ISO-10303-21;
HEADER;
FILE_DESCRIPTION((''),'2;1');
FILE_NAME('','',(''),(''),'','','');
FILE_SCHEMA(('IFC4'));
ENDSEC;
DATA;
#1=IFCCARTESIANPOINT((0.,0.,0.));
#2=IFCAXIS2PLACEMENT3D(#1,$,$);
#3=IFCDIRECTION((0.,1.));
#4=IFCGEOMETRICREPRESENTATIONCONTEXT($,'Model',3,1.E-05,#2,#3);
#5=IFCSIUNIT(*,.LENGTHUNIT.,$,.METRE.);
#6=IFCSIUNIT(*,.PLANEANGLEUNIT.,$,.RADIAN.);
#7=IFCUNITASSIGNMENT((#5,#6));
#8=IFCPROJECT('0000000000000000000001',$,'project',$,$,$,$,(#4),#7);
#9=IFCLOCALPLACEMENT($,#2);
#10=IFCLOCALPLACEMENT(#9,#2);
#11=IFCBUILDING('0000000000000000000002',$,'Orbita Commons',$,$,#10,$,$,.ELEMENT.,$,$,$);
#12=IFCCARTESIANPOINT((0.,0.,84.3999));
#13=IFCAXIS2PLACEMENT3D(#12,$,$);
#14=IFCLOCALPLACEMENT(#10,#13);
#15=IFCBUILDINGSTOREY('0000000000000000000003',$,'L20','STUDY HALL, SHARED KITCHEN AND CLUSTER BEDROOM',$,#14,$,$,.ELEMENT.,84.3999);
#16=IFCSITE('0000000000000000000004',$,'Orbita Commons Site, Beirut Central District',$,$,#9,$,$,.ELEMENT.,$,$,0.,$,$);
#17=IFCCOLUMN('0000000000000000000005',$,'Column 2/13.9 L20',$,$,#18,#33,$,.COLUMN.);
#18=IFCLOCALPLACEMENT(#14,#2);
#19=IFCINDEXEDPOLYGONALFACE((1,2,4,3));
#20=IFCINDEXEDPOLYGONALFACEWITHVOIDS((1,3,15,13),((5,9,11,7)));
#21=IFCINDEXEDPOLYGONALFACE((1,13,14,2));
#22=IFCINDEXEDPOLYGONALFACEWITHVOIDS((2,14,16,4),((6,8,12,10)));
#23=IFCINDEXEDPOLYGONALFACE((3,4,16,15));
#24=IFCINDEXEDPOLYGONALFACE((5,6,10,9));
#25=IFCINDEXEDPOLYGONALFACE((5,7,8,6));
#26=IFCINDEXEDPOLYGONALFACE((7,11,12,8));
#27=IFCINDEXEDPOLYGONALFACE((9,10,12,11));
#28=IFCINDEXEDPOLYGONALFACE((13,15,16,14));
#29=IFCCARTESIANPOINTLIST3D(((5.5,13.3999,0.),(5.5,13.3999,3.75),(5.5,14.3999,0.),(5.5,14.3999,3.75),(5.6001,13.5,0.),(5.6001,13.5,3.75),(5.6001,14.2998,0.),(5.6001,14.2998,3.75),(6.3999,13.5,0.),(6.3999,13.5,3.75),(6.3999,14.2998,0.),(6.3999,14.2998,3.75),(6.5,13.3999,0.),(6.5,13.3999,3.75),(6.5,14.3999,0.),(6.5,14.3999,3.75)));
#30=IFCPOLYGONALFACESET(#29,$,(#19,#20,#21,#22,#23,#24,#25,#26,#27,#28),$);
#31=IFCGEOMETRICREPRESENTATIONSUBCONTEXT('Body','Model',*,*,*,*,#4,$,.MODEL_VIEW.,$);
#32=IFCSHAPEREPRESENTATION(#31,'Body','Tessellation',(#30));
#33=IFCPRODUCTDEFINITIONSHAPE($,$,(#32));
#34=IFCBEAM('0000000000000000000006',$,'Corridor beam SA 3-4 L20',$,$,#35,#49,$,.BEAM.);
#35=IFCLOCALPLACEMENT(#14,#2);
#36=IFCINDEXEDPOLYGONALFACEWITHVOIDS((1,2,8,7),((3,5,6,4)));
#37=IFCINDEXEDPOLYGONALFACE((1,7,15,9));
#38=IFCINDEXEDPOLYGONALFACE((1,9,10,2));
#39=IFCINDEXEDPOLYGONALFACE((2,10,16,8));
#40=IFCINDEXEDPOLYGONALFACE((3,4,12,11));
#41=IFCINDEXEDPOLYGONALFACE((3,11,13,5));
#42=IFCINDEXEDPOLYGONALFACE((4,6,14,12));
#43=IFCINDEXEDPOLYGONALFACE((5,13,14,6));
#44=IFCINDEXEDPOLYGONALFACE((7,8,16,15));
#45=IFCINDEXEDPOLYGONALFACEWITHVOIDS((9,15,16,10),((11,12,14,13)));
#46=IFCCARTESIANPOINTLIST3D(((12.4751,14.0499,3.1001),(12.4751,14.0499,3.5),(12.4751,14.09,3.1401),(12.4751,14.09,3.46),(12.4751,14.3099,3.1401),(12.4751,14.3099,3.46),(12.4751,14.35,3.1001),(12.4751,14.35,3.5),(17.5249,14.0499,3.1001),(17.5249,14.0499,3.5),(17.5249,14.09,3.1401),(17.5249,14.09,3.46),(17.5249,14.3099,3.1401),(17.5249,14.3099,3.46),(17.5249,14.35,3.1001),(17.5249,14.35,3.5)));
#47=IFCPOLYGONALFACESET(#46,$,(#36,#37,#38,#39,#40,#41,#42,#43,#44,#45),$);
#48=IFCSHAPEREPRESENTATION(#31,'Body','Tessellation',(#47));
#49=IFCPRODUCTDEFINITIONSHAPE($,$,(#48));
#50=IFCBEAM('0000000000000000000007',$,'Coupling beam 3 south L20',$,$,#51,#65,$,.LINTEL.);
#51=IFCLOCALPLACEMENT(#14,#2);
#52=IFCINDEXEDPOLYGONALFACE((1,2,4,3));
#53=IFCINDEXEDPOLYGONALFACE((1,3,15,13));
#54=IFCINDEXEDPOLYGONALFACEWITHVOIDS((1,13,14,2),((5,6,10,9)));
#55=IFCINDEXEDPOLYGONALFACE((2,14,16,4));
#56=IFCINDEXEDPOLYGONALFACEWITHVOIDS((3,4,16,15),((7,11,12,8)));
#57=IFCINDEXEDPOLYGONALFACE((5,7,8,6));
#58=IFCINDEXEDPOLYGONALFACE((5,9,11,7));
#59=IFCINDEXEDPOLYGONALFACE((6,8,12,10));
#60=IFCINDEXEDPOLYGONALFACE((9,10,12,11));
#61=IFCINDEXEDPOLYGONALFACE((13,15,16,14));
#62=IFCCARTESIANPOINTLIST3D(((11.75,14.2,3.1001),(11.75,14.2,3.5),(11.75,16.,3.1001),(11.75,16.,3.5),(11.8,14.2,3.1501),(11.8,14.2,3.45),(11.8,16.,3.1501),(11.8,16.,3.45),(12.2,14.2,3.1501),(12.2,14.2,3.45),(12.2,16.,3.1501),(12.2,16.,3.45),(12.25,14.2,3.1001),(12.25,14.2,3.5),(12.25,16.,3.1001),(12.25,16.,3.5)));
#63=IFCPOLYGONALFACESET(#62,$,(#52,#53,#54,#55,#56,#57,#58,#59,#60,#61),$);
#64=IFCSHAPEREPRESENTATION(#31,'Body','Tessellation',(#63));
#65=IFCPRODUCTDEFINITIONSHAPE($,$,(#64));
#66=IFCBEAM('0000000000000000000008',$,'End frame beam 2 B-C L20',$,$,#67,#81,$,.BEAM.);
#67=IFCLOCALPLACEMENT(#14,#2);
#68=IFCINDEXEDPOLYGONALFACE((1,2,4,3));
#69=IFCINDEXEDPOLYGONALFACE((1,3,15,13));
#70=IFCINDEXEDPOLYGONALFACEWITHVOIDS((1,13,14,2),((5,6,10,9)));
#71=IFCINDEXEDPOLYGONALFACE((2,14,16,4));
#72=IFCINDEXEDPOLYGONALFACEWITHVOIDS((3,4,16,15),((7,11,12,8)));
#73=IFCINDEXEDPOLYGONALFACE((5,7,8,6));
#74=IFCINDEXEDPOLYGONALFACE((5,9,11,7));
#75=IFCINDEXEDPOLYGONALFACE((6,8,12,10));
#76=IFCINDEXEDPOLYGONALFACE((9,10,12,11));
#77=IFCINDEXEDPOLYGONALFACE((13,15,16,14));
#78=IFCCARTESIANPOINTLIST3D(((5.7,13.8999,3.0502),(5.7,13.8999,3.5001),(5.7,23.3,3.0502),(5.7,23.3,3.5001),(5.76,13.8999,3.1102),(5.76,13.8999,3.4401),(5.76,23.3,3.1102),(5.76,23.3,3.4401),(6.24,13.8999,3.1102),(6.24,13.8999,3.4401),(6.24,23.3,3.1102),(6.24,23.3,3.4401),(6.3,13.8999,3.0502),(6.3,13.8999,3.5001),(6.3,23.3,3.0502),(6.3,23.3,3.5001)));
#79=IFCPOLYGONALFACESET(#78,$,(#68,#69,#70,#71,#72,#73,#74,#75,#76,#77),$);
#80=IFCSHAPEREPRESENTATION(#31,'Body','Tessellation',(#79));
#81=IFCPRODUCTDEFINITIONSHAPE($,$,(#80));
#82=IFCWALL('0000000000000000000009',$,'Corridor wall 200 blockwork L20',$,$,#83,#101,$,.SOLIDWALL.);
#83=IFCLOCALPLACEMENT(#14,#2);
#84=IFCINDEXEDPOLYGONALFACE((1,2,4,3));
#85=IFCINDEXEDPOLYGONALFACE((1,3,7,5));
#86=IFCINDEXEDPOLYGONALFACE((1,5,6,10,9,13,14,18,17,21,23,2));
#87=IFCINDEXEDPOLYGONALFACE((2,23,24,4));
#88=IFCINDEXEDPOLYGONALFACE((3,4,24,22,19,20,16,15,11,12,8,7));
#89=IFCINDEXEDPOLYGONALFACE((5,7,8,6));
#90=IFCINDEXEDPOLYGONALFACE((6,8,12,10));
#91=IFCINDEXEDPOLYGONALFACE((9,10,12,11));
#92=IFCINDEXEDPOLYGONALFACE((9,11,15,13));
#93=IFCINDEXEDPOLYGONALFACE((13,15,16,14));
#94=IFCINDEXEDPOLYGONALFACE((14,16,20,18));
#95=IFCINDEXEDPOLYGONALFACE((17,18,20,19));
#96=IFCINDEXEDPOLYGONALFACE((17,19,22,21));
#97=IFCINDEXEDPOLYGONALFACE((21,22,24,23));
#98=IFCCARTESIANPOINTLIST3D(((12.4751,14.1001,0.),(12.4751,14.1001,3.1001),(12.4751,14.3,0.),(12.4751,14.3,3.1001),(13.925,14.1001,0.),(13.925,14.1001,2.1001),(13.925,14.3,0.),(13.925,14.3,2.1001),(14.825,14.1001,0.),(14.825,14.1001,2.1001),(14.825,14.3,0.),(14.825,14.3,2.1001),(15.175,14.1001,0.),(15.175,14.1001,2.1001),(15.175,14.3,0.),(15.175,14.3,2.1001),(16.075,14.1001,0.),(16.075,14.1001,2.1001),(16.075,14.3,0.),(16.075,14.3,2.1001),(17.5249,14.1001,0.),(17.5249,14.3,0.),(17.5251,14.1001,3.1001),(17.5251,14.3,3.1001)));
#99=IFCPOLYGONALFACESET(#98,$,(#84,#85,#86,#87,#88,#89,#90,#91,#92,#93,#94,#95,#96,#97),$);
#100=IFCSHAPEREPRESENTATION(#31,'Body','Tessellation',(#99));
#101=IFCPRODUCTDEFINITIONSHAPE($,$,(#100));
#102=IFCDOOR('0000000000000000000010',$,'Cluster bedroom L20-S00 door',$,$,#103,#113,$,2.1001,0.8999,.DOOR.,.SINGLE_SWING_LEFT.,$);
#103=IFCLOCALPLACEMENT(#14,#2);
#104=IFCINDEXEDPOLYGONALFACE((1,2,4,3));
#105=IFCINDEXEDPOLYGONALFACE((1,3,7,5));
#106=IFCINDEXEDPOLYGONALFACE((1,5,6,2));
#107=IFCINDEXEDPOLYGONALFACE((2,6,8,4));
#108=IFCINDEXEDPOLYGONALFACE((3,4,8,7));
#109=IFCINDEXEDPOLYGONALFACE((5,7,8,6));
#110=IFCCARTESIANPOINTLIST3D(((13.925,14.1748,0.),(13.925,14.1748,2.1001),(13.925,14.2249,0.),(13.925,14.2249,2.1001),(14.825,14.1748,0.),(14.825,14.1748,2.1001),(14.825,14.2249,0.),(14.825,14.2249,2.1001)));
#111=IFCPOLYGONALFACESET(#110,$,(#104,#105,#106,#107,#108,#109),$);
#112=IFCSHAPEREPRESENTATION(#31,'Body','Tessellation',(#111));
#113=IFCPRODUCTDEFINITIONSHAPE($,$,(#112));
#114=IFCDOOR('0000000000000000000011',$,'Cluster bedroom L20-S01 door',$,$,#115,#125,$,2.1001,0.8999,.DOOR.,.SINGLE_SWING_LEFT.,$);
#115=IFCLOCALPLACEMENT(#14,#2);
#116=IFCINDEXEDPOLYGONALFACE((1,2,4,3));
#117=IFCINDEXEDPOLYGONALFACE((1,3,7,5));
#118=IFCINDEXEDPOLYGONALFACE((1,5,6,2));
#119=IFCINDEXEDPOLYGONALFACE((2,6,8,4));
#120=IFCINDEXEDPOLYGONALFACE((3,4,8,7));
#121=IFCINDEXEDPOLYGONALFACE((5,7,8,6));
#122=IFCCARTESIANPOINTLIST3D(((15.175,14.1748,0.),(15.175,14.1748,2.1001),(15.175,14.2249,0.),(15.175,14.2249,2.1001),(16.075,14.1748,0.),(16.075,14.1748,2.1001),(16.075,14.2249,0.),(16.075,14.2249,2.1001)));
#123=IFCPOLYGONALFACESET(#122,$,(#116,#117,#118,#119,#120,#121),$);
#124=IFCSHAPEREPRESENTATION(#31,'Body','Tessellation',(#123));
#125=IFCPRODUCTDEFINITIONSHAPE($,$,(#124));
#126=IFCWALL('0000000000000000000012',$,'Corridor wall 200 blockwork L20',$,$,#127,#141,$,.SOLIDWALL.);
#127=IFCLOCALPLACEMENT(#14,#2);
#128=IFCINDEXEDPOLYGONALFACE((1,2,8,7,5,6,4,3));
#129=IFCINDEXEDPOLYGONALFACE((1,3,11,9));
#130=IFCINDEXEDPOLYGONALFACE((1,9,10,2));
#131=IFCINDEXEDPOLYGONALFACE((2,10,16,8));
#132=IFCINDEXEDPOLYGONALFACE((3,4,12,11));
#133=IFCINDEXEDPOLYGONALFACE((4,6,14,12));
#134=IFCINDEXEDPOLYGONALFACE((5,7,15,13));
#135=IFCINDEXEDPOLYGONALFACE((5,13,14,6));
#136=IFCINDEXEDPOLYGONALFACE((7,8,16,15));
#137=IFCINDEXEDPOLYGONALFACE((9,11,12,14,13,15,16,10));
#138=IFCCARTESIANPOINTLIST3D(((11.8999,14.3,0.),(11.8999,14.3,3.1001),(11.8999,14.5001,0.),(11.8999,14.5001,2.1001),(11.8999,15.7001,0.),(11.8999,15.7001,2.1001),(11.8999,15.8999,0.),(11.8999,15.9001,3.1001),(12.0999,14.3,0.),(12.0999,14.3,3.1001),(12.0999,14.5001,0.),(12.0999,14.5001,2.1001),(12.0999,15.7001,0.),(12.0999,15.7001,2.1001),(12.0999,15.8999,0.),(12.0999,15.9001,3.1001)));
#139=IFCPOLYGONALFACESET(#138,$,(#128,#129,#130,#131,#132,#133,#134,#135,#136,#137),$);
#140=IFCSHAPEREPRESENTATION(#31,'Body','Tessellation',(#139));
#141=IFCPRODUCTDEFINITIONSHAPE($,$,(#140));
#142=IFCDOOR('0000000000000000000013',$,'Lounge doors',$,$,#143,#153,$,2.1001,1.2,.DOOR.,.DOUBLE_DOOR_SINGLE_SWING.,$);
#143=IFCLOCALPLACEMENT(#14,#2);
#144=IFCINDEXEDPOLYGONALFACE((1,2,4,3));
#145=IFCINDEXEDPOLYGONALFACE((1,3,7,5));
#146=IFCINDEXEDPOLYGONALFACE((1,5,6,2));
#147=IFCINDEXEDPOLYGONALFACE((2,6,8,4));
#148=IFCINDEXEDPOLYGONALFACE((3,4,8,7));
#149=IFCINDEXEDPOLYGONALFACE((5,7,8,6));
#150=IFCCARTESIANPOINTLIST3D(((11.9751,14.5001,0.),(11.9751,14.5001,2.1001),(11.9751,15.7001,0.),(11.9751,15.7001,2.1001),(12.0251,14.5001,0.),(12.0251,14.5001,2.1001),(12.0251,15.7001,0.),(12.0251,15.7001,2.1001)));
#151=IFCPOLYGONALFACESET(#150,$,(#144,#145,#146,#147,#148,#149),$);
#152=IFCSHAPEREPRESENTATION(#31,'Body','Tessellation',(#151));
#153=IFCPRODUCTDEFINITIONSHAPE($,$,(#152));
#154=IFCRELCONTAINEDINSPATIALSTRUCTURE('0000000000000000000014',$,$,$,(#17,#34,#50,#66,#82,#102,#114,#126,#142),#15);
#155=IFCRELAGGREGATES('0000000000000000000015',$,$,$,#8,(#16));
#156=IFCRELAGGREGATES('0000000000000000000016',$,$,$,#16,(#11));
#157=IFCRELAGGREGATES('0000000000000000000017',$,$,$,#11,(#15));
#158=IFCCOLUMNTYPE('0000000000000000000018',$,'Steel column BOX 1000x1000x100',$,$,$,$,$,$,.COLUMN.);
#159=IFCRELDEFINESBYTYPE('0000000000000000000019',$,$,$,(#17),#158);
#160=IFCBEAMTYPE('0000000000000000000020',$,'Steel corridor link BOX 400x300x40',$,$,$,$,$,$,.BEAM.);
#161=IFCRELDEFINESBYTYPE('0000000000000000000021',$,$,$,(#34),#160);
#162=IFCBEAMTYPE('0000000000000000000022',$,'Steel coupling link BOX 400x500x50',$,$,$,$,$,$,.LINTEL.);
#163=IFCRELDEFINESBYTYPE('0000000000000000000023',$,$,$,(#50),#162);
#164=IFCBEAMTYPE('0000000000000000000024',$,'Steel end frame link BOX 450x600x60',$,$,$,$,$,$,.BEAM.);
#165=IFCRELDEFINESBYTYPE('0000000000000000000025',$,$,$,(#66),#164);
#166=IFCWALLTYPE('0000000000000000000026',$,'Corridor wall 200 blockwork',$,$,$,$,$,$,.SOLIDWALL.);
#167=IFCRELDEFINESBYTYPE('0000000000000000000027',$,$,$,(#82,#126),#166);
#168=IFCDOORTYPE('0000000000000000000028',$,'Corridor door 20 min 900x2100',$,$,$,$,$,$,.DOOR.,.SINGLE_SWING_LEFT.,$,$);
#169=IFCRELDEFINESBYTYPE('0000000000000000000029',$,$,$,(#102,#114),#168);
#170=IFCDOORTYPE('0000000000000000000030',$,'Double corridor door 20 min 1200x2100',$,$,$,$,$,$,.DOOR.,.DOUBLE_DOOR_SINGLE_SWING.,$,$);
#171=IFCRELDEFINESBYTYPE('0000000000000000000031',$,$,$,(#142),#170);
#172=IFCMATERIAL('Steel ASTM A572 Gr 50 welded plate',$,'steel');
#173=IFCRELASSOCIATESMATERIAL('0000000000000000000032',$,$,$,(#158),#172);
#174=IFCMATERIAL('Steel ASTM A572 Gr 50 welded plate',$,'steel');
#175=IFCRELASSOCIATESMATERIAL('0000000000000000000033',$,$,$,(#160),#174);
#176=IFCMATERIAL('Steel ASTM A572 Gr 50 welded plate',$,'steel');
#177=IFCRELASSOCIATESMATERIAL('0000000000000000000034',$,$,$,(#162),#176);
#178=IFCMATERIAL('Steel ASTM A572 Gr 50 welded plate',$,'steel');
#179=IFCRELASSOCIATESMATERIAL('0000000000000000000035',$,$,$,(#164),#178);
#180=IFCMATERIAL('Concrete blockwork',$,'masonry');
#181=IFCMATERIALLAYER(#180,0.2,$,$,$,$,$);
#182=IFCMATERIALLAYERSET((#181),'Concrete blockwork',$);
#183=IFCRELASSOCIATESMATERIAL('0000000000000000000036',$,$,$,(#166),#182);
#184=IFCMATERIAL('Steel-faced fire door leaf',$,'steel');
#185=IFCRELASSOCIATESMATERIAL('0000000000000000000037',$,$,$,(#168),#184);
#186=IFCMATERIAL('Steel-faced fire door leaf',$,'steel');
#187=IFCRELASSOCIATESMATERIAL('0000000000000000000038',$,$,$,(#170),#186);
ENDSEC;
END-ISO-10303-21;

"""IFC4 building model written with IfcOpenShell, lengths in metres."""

from ifc_helpers import new_model, si_unit, direction, frame, frame_2d, origin, origin_2d, place, context, subcontext, project, spatial, polyline, rectangle, hollow_rectangle, outline, extrude, material, layer, layer_set, material_profile, profile_set, type_object, element, fill, save


model = new_model("IFC4")

# Units and contexts
model_context = context("Model", 3, precision=1e-05, world=origin(), true_north=direction((0.0, 1.0)))
body_context = subcontext(model_context, "Body", "Model", "MODEL_VIEW")
ifc_project = project(units=[si_unit("LENGTHUNIT", "METRE"), si_unit("PLANEANGLEUNIT", "RADIAN")], contexts=[model_context])

# Site, building, storey
site_placement = place(None, origin())
site = spatial("IfcSite", under=ifc_project, at=site_placement, Name="Orbita Commons Site, Beirut Central District", CompositionType="ELEMENT", RefElevation=0.0)
building_placement = place(site_placement, origin())
building = spatial("IfcBuilding", under=site, at=building_placement, Name="Orbita Commons", CompositionType="ELEMENT")
storey_placement = place(building_placement, frame((0.0, 0.0, 84.3999)))
storey = spatial("IfcBuildingStorey", under=building, at=storey_placement, Name="L20", Description="STUDY HALL, SHARED KITCHEN AND CLUSTER BEDROOM", CompositionType="ELEMENT", Elevation=84.3999)

# Column
ifc_material_1 = material(Name="Steel ASTM A572 Gr 50 welded plate", Category="steel")
ifc_material_profile_1 = material_profile(ifc_material_1, hollow_rectangle(XDim=1.0, YDim=1.0, WallThickness=0.1001, at=origin_2d()), Name="BOX 1000x1000x100")
ifc_profile_set_1 = profile_set([ifc_material_profile_1], Name="Steel ASTM A572 Gr 50 welded plate")
column_type = type_object("IfcColumnType", Name="Steel column BOX 1000x1000x100", PredefinedType="COLUMN", material=ifc_profile_set_1)
column_placement = place(storey_placement, frame((6.0, 13.8999, 0.0), z_axis=(0.0, 0.0, 1.0), x_axis=(1.0, 0.0, 0.0)))
element("IfcColumn", 1, at=column_placement, inside=storey, type_object=column_type, Name="Column 2/13.9 L20", PredefinedType="COLUMN", context=body_context, shape_type="SweptSolid", body=[
    extrude(hollow_rectangle(XDim=1.0, YDim=1.0, WallThickness=0.1001, at=origin_2d()), origin(), (0.0, 0.0, 1.0), 3.75),
])

# Beams
ifc_material_2 = material(Name="Steel ASTM A572 Gr 50 welded plate", Category="steel")
ifc_material_profile_2 = material_profile(ifc_material_2, hollow_rectangle(XDim=0.3, YDim=0.3999, WallThickness=0.04, at=origin_2d()), Name="BOX 400x300x40")
ifc_profile_set_2 = profile_set([ifc_material_profile_2], Name="Steel ASTM A572 Gr 50 welded plate")
beam_type_1 = type_object("IfcBeamType", Name="Steel corridor link BOX 400x300x40", PredefinedType="BEAM", material=ifc_profile_set_2)
beam_1_placement = place(storey_placement, frame((12.4751, 14.2, 3.3), z_axis=(1.0, 0.0, 0.0), x_axis=(0.0, 1.0, 0.0)))
element("IfcBeam", 2, at=beam_1_placement, inside=storey, type_object=beam_type_1, Name="Corridor beam SA 3-4 L20", PredefinedType="BEAM", context=body_context, shape_type="SweptSolid", body=[
    extrude(hollow_rectangle(XDim=0.3, YDim=0.3999, WallThickness=0.04, at=origin_2d()), origin(), (0.0, 0.0, 1.0), 5.0498),
])
ifc_material_3 = material(Name="Steel ASTM A572 Gr 50 welded plate", Category="steel")
ifc_material_profile_3 = material_profile(ifc_material_3, hollow_rectangle(XDim=0.5, YDim=0.3999, WallThickness=0.05, at=origin_2d()), Name="BOX 400x500x50")
ifc_profile_set_3 = profile_set([ifc_material_profile_3], Name="Steel ASTM A572 Gr 50 welded plate")
beam_type_2 = type_object("IfcBeamType", Name="Steel coupling link BOX 400x500x50", PredefinedType="LINTEL", material=ifc_profile_set_3)
beam_2_placement = place(storey_placement, frame((12.0, 14.2, 3.3), z_axis=(0.0, 1.0, 0.0), x_axis=(-1.0, 0.0, 0.0)))
element("IfcBeam", 3, at=beam_2_placement, inside=storey, type_object=beam_type_2, Name="Coupling beam 3 south L20", PredefinedType="LINTEL", context=body_context, shape_type="SweptSolid", body=[
    extrude(hollow_rectangle(XDim=0.5, YDim=0.3999, WallThickness=0.05, at=origin_2d()), origin(), (0.0, 0.0, 1.0), 1.8),
])
ifc_material_4 = material(Name="Steel ASTM A572 Gr 50 welded plate", Category="steel")
ifc_material_profile_4 = material_profile(ifc_material_4, hollow_rectangle(XDim=0.6001, YDim=0.45, WallThickness=0.0601, at=origin_2d()), Name="BOX 450x600x60")
ifc_profile_set_4 = profile_set([ifc_material_profile_4], Name="Steel ASTM A572 Gr 50 welded plate")
beam_type_3 = type_object("IfcBeamType", Name="Steel end frame link BOX 450x600x60", PredefinedType="BEAM", material=ifc_profile_set_4)
beam_3_placement = place(storey_placement, frame((6.0, 13.8999, 3.2751), z_axis=(0.0, 1.0, 0.0), x_axis=(-1.0, 0.0, 0.0)))
element("IfcBeam", 4, at=beam_3_placement, inside=storey, type_object=beam_type_3, Name="End frame beam 2 B-C L20", PredefinedType="BEAM", context=body_context, shape_type="SweptSolid", body=[
    extrude(hollow_rectangle(XDim=0.6001, YDim=0.45, WallThickness=0.0601, at=origin_2d()), origin(), (0.0, 0.0, 1.0), 9.4001),
])

# Wall, openings, doors
ifc_material_5 = material(Name="Concrete blockwork", Category="masonry")
ifc_layer_1 = layer(ifc_material_5, 0.2)
ifc_layer_set_1 = layer_set([ifc_layer_1], Name="Concrete blockwork")
wall_type_1 = type_object("IfcWallType", Name="Corridor wall 200 blockwork", PredefinedType="SOLIDWALL", material=ifc_layer_set_1)
wall_1_placement = place(storey_placement, frame((12.4751, 14.2, 0.0), z_axis=(0.0, 0.0, 1.0), x_axis=(1.0, 0.0, 0.0)))
wall_1 = element("IfcWall", 5, at=wall_1_placement, inside=storey, type_object=wall_type_1, Name="Corridor wall 200 blockwork L20", PredefinedType="SOLIDWALL", context=body_context, shape_type="SweptSolid", body=[
    extrude(outline(polyline([(0.0, 0.0), (5.0498, 0.0), (5.05, 3.1001), (0.0, 3.1001), (0.0, 0.0)])), frame((0.0, 0.1001, 0.0), z_axis=(0.0, -1.0, 0.0), x_axis=(1.0, 0.0, 0.0)), (0.0, 0.0, 1.0), 0.2),
])
opening_1_placement = place(wall_1_placement, frame((1.45, 0.0, 0.0)))
opening_1 = element("IfcOpeningElement", 6, at=opening_1_placement, cuts=wall_1, PredefinedType="OPENING", context=body_context, shape_type="SweptSolid", body=[
    extrude(rectangle(XDim=0.8999, YDim=2.1001, at=frame_2d((0.45, 1.05))), frame((0.0, 0.1099, 0.0), z_axis=(0.0, -1.0, 0.0), x_axis=(1.0, 0.0, 0.0)), (0.0, 0.0, 1.0), 0.22),
])
opening_2_placement = place(wall_1_placement, frame((2.7, 0.0, 0.0)))
opening_2 = element("IfcOpeningElement", 7, at=opening_2_placement, cuts=wall_1, PredefinedType="OPENING", context=body_context, shape_type="SweptSolid", body=[
    extrude(rectangle(XDim=0.8999, YDim=2.1001, at=frame_2d((0.45, 1.05))), frame((0.0, 0.1099, 0.0), z_axis=(0.0, -1.0, 0.0), x_axis=(1.0, 0.0, 0.0)), (0.0, 0.0, 1.0), 0.22),
])
ifc_material_6 = material(Name="Steel-faced fire door leaf", Category="steel")
door_type_1 = type_object("IfcDoorType", Name="Corridor door 20 min 900x2100", OperationType="SINGLE_SWING_LEFT", PredefinedType="DOOR", material=ifc_material_6)
door_1_placement = place(opening_1_placement, origin())
door_1 = element("IfcDoor", 8, at=door_1_placement, inside=storey, type_object=door_type_1, Name="Cluster bedroom L20-S00 door", OperationType="SINGLE_SWING_LEFT", OverallHeight=2.1001, OverallWidth=0.8999, PredefinedType="DOOR", context=body_context, shape_type="SweptSolid", body=[
    extrude(rectangle(XDim=0.8999, YDim=2.1001, at=frame_2d((0.45, 1.05))), frame((0.0, 0.0249, 0.0), z_axis=(0.0, -1.0, 0.0), x_axis=(1.0, 0.0, 0.0)), (0.0, 0.0, 1.0), 0.05),
])
fill(opening_1, door_1)
door_2_placement = place(opening_2_placement, origin())
door_2 = element("IfcDoor", 9, at=door_2_placement, inside=storey, type_object=door_type_1, Name="Cluster bedroom L20-S01 door", OperationType="SINGLE_SWING_LEFT", OverallHeight=2.1001, OverallWidth=0.8999, PredefinedType="DOOR", context=body_context, shape_type="SweptSolid", body=[
    extrude(rectangle(XDim=0.8999, YDim=2.1001, at=frame_2d((0.45, 1.05))), frame((0.0, 0.0249, 0.0), z_axis=(0.0, -1.0, 0.0), x_axis=(1.0, 0.0, 0.0)), (0.0, 0.0, 1.0), 0.05),
])
fill(opening_2, door_2)

# Wall, opening, door
wall_2_placement = place(storey_placement, frame((12.0, 14.3, 0.0), z_axis=(0.0, 0.0, 1.0), x_axis=(0.0, 1.0, 0.0)))
wall_2 = element("IfcWall", 10, at=wall_2_placement, inside=storey, type_object=wall_type_1, Name="Corridor wall 200 blockwork L20", PredefinedType="SOLIDWALL", context=body_context, shape_type="SweptSolid", body=[
    extrude(outline(polyline([(0.0, 0.0), (1.5999, 0.0), (1.6001, 3.1001), (0.0, 3.1001), (0.0, 0.0)])), frame((0.0, 0.1001, 0.0), z_axis=(0.0, -1.0, 0.0), x_axis=(1.0, 0.0, 0.0)), (0.0, 0.0, 1.0), 0.2),
])
opening_3_placement = place(wall_2_placement, frame((0.2, 0.0, 0.0)))
opening_3 = element("IfcOpeningElement", 11, at=opening_3_placement, cuts=wall_2, PredefinedType="OPENING", context=body_context, shape_type="SweptSolid", body=[
    extrude(rectangle(XDim=1.2, YDim=2.1001, at=frame_2d((0.6001, 1.05))), frame((0.0, 0.1099, 0.0), z_axis=(0.0, -1.0, 0.0), x_axis=(1.0, 0.0, 0.0)), (0.0, 0.0, 1.0), 0.22),
])
ifc_material_7 = material(Name="Steel-faced fire door leaf", Category="steel")
door_type_2 = type_object("IfcDoorType", Name="Double corridor door 20 min 1200x2100", OperationType="DOUBLE_DOOR_SINGLE_SWING", PredefinedType="DOOR", material=ifc_material_7)
door_3_placement = place(opening_3_placement, origin())
door_3 = element("IfcDoor", 12, at=door_3_placement, inside=storey, type_object=door_type_2, Name="Lounge doors", OperationType="DOUBLE_DOOR_SINGLE_SWING", OverallHeight=2.1001, OverallWidth=1.2, PredefinedType="DOOR", context=body_context, shape_type="SweptSolid", body=[
    extrude(rectangle(XDim=1.2, YDim=2.1001, at=frame_2d((0.6001, 1.05))), frame((0.0, 0.0249, 0.0), z_axis=(0.0, -1.0, 0.0), x_axis=(1.0, 0.0, 0.0)), (0.0, 0.0, 1.0), 0.05),
])
fill(opening_3, door_3)

save(model, "model.ifc")
